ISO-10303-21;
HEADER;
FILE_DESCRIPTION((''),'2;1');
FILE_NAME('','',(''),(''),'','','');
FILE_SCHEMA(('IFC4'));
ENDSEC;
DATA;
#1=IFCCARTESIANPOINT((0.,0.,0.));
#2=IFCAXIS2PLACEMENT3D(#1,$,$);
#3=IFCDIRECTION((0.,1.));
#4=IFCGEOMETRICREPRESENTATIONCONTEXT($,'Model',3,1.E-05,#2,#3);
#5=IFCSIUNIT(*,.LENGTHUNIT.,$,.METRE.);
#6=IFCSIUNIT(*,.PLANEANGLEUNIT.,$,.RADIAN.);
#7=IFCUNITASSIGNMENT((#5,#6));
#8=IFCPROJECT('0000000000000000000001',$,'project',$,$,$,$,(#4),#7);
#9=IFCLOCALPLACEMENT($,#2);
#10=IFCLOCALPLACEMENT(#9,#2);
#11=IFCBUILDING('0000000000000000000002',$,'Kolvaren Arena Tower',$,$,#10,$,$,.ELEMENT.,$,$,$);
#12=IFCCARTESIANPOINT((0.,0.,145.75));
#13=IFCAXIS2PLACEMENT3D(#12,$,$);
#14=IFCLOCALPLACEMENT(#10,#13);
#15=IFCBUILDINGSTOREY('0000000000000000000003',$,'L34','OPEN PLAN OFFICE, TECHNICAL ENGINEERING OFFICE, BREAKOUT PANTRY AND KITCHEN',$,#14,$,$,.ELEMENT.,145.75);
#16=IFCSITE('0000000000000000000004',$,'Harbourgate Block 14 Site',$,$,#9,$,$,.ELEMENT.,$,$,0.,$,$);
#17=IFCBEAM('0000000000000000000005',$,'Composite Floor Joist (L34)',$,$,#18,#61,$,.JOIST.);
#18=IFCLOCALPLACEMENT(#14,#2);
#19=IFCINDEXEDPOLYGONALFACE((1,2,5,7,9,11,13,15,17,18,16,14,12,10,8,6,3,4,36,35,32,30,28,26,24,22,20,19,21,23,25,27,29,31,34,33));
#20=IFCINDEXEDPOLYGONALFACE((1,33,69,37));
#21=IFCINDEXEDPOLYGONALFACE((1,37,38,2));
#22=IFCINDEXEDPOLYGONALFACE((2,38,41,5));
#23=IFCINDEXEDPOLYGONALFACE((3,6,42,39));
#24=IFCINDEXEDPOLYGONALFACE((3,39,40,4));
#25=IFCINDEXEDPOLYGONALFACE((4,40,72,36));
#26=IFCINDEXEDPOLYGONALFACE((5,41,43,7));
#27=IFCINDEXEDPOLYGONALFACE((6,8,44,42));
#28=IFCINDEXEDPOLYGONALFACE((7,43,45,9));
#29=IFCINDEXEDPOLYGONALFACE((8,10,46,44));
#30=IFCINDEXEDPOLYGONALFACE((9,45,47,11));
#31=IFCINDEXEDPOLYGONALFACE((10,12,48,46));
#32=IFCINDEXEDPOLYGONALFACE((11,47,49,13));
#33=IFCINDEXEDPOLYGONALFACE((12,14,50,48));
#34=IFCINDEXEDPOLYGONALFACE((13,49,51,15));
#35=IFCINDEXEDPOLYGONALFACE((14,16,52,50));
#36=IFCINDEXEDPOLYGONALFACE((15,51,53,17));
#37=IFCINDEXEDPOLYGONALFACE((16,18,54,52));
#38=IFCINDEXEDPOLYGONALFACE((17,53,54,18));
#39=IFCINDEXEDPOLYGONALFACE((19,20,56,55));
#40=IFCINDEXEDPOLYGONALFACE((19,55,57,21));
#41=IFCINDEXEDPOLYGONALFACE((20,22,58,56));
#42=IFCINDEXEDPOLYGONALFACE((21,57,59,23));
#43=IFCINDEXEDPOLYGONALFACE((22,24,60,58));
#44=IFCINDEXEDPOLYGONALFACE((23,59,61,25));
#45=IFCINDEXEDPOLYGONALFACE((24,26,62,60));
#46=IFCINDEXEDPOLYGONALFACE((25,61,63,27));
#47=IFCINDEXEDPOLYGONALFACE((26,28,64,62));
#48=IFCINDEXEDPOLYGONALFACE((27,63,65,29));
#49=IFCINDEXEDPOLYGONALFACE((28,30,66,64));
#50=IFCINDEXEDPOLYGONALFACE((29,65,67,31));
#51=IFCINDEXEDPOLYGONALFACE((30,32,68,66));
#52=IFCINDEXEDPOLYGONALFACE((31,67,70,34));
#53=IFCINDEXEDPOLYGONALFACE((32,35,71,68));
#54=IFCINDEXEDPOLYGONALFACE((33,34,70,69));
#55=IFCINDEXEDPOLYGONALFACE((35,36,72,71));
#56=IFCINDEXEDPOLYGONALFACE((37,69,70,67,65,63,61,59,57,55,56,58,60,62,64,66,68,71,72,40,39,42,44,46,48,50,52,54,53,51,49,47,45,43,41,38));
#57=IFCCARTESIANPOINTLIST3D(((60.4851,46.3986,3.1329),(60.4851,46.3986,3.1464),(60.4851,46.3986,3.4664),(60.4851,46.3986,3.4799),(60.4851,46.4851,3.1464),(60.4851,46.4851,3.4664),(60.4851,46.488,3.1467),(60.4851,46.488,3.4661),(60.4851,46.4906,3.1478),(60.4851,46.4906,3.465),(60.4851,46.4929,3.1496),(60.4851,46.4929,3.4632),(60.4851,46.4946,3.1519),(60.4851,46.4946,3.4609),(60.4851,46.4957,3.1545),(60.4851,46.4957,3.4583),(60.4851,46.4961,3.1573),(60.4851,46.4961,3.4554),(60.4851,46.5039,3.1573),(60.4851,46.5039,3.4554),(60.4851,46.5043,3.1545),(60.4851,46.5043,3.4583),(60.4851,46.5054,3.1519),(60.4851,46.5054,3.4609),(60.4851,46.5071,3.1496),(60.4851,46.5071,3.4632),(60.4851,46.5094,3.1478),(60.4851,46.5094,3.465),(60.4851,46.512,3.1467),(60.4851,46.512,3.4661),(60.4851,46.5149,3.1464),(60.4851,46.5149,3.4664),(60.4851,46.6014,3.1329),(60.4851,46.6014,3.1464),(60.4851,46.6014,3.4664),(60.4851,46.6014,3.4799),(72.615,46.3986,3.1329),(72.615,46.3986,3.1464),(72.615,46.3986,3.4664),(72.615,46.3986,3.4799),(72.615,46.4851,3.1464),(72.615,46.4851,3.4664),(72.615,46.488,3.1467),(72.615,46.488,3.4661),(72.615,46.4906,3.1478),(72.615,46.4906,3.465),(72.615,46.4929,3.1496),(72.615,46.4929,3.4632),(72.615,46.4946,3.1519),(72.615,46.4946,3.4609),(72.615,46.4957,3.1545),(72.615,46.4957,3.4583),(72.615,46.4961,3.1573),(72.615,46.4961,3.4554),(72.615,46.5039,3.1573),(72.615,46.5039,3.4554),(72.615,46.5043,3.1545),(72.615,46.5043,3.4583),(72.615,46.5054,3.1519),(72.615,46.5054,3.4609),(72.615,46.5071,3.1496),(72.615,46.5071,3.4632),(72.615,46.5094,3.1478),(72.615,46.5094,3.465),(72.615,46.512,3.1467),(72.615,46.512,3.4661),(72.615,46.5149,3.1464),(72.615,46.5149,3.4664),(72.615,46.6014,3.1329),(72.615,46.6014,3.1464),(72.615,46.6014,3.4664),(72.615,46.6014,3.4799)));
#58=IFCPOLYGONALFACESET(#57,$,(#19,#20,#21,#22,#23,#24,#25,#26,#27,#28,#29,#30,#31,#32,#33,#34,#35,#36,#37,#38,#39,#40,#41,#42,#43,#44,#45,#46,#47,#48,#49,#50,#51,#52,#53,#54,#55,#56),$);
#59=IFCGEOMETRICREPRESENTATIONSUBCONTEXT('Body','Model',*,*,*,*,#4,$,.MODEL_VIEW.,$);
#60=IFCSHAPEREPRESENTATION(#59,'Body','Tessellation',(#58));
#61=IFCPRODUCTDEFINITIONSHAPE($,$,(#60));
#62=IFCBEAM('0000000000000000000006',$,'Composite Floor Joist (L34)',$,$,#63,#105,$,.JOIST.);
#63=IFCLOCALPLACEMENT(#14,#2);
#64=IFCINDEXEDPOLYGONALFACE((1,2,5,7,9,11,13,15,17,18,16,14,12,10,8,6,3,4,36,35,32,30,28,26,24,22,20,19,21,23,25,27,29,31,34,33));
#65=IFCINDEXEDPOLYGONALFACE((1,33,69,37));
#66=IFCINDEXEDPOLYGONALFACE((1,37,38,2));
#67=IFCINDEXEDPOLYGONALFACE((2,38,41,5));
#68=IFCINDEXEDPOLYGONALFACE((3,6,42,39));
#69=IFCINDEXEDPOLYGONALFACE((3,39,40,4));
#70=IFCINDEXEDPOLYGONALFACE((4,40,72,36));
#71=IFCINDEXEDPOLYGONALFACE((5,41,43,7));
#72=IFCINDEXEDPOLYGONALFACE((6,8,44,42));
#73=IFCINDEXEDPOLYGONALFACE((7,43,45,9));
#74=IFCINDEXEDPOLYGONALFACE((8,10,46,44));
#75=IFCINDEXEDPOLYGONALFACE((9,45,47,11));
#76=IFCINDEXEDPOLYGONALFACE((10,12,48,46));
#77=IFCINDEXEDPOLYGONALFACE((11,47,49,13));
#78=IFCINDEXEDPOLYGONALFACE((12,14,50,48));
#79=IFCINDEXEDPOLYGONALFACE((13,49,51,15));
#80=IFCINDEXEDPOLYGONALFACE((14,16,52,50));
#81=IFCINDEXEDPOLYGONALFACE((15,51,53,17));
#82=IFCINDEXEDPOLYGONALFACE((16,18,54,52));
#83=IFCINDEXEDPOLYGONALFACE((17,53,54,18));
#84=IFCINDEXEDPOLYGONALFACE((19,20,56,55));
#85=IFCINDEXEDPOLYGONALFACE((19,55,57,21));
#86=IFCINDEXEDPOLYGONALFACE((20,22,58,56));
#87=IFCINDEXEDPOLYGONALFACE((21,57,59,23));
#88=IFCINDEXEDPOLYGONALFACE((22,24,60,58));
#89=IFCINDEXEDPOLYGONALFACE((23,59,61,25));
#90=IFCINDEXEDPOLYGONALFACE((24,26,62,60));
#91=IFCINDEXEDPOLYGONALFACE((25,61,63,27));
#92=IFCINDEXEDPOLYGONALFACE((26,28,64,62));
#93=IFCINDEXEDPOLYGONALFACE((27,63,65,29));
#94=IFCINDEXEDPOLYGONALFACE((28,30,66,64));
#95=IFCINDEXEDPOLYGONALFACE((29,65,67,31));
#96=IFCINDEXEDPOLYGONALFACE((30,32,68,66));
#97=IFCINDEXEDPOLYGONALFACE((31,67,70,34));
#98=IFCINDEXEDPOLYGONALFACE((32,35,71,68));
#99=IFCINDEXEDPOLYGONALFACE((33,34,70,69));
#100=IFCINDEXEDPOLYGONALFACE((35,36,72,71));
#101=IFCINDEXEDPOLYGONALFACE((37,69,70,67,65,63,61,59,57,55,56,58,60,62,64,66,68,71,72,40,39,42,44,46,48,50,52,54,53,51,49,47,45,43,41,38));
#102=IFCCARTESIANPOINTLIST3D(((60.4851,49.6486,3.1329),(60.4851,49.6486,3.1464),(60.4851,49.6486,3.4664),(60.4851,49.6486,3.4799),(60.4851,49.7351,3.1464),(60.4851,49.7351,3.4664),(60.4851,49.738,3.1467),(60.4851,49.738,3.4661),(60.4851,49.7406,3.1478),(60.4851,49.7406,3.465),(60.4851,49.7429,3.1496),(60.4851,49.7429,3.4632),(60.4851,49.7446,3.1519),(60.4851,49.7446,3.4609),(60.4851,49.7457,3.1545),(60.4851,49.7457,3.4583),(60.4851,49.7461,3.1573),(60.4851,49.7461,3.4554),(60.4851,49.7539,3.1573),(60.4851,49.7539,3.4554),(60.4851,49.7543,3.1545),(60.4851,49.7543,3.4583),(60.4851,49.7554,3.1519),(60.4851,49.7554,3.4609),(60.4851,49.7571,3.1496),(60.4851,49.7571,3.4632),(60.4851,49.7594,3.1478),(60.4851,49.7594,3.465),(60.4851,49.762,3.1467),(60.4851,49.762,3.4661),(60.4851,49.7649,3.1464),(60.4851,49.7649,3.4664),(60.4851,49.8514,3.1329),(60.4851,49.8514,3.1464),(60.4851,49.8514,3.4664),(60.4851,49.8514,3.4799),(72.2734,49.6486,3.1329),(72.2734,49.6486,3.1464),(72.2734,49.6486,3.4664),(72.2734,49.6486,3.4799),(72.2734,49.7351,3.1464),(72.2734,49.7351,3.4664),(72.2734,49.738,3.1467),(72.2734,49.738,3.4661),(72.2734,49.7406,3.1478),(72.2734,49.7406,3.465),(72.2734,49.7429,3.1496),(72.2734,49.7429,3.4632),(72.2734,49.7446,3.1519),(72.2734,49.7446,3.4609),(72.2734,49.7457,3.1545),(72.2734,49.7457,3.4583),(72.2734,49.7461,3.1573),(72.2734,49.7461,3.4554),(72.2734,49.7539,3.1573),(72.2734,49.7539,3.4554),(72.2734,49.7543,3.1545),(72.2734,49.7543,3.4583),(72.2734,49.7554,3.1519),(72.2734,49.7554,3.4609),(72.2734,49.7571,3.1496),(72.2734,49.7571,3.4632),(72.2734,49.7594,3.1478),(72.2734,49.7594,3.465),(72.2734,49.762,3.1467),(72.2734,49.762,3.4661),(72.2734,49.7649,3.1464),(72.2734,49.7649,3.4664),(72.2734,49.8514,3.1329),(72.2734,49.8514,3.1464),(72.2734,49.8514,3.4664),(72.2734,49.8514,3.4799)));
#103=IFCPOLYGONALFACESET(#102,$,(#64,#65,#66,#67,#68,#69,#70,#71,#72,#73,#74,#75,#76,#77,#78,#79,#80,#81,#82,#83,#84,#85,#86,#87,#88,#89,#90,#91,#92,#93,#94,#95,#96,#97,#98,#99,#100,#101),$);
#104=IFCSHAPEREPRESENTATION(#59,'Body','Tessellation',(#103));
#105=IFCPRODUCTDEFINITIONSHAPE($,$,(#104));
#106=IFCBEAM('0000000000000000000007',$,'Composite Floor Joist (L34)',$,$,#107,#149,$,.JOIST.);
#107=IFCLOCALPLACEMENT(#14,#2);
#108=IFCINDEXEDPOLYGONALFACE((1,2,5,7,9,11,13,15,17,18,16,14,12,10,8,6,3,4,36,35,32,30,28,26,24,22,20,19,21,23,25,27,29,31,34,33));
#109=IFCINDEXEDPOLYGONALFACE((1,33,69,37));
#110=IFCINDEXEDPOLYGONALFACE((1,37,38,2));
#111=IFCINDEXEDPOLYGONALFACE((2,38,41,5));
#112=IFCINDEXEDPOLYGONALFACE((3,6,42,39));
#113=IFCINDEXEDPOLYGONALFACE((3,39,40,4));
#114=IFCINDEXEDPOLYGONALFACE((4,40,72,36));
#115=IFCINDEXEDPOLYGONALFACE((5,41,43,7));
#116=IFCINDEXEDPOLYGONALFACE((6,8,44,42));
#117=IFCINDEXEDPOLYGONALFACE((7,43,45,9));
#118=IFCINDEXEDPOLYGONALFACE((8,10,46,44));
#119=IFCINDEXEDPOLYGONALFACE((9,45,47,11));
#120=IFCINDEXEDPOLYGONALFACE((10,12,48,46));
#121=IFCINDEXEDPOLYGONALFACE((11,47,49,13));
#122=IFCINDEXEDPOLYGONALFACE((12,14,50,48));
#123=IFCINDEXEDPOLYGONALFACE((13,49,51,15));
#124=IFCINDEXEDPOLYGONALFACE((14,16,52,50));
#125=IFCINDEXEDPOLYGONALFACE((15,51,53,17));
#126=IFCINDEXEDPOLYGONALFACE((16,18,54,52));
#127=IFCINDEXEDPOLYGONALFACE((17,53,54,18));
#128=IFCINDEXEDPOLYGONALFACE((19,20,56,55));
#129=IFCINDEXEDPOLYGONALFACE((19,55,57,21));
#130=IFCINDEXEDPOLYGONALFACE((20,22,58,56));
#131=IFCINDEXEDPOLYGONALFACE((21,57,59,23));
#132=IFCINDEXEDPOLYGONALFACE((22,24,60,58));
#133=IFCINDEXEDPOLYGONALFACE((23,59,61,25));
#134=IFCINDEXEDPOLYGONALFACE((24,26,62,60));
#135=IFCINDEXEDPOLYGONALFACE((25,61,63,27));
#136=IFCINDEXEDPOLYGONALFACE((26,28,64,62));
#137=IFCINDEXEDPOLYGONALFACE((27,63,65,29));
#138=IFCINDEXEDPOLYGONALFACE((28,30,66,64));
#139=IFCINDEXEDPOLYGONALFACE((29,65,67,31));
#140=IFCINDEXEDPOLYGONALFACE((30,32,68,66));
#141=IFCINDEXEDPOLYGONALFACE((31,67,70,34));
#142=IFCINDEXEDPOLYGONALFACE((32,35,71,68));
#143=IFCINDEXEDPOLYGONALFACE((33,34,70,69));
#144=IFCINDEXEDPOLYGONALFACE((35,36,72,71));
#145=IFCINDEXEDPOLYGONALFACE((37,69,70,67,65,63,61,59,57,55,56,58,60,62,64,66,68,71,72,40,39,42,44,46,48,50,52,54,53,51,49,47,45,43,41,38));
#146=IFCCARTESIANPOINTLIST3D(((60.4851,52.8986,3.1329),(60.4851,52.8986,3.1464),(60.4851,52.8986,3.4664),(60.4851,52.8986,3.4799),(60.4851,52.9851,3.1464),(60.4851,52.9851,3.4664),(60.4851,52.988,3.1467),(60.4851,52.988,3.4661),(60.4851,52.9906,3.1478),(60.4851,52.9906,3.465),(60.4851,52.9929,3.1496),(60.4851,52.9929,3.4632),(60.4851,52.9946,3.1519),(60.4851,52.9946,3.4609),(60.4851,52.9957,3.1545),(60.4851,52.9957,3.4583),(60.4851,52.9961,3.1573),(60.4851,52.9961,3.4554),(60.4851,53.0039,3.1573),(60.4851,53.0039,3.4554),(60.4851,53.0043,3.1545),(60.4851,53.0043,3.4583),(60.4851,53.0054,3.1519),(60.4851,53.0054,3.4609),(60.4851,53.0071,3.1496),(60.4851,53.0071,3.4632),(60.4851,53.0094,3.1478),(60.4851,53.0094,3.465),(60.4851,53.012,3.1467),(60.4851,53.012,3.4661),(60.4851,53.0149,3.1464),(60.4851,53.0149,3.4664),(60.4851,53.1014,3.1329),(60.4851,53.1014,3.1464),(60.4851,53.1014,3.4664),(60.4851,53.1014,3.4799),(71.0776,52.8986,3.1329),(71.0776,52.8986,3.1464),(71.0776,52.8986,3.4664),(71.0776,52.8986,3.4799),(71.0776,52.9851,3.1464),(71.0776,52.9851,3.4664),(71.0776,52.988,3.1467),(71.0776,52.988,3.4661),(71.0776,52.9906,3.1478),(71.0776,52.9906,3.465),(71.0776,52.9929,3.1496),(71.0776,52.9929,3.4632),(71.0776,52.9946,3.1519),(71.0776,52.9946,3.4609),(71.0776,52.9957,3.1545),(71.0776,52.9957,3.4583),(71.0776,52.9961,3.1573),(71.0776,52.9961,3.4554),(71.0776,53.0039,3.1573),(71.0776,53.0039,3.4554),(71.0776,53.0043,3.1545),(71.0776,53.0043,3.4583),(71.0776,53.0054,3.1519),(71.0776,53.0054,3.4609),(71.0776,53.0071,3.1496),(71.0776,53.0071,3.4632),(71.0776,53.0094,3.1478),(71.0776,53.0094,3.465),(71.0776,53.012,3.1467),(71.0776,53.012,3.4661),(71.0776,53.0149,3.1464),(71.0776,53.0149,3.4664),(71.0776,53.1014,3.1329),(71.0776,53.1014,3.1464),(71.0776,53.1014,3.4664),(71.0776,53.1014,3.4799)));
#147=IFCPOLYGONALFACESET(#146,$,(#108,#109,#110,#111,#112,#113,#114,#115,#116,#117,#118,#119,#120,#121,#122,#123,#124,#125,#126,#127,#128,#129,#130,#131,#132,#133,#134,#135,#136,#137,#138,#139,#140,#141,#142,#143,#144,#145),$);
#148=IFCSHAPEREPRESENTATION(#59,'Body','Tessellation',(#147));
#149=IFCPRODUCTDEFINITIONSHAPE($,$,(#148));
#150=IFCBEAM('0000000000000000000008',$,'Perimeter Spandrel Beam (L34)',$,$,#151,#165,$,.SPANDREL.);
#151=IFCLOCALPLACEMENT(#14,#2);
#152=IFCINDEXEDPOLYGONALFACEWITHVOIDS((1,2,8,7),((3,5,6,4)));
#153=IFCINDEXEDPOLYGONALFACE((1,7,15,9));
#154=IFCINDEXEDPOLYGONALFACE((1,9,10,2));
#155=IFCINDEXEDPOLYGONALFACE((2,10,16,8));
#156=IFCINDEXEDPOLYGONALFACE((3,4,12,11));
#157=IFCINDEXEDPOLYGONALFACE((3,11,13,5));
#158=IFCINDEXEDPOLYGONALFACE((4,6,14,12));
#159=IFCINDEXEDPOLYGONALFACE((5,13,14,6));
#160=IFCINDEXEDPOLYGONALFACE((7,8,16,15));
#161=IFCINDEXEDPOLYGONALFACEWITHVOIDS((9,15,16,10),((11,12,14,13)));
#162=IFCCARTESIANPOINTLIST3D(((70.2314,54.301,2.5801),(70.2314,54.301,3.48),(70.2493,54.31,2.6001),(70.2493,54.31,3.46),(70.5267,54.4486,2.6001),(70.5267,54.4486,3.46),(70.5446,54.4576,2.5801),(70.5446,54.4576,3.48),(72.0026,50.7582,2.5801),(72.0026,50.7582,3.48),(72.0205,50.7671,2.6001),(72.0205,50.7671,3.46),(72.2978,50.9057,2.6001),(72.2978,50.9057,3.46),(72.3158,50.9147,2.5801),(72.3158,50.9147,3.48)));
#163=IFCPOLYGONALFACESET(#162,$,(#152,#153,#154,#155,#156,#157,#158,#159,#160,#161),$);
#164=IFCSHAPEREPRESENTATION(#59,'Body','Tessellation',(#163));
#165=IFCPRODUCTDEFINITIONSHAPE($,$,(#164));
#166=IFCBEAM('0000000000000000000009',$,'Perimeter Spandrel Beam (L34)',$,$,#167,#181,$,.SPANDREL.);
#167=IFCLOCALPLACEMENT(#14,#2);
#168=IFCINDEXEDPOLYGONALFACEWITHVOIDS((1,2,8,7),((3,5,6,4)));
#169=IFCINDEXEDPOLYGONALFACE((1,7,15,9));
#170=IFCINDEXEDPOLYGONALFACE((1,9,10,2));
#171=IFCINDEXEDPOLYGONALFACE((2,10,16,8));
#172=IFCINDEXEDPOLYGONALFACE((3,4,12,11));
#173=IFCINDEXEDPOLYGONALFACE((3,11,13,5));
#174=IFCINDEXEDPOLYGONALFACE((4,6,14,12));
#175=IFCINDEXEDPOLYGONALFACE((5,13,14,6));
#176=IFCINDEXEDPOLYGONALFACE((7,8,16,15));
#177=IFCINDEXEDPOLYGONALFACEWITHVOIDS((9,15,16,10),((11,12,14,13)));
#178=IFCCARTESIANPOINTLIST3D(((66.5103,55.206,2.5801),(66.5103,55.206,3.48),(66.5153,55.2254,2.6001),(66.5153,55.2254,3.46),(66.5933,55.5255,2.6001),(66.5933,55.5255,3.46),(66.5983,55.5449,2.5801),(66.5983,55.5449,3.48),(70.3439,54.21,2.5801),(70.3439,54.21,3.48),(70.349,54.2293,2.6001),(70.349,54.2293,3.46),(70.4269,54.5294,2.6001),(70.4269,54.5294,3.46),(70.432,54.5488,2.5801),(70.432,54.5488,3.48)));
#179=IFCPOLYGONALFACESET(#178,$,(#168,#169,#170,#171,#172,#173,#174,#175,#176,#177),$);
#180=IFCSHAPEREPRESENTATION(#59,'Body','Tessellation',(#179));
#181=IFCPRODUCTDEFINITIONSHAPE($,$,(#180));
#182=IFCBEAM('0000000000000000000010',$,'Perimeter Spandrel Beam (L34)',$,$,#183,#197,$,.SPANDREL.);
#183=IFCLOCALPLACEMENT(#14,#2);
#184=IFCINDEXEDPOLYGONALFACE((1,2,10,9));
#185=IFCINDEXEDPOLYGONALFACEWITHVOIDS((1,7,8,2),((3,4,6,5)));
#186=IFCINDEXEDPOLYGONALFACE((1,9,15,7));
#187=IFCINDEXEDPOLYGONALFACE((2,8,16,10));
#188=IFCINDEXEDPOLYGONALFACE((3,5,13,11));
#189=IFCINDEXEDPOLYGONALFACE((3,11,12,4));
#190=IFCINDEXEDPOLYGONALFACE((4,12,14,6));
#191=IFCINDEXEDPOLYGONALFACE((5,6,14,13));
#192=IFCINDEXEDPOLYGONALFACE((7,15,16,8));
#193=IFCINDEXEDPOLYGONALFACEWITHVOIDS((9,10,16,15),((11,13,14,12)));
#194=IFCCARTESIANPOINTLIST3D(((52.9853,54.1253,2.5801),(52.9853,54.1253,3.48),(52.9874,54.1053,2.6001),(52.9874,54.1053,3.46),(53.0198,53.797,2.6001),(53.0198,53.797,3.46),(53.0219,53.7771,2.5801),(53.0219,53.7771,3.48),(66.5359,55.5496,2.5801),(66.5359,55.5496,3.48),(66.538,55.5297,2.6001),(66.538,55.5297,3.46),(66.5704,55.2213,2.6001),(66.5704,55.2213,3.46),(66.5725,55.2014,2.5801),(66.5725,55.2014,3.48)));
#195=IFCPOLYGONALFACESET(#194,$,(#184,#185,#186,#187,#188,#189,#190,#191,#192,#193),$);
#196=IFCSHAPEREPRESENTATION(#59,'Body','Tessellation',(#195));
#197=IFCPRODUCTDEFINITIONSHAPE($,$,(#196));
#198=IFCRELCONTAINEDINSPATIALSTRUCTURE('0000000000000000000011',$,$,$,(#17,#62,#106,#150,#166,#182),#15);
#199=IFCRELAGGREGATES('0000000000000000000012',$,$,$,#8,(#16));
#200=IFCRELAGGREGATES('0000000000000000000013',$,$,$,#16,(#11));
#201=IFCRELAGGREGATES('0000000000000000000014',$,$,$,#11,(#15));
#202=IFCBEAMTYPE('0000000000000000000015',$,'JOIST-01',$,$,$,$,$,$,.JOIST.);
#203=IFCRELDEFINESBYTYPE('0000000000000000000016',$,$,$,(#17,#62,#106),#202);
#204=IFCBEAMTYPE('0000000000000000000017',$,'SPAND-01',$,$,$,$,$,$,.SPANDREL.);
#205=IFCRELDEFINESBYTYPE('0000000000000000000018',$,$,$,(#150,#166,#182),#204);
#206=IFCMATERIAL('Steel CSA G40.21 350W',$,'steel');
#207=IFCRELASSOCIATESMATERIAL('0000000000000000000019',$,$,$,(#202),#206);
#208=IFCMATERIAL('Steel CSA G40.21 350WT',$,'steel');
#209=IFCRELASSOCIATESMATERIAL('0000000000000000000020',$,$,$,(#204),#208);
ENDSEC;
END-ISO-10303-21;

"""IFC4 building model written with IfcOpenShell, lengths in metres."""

from ifc_helpers import new_model, si_unit, direction, frame, origin, origin_2d, place, context, subcontext, project, spatial, hollow_rectangle, i_section, extrude, material, material_profile, profile_set, type_object, element, save


model = new_model("IFC4")

# Units and contexts
model_context = context("Model", 3, precision=1e-05, world=origin(), true_north=direction((0.0, 1.0)))
body_context = subcontext(model_context, "Body", "Model", "MODEL_VIEW")
ifc_project = project(units=[si_unit("LENGTHUNIT", "METRE"), si_unit("PLANEANGLEUNIT", "RADIAN")], contexts=[model_context])

# Site, building, storey
site_placement = place(None, origin())
site = spatial("IfcSite", under=ifc_project, at=site_placement, Name="Harbourgate Block 14 Site", CompositionType="ELEMENT", RefElevation=0.0)
building_placement = place(site_placement, origin())
building = spatial("IfcBuilding", under=site, at=building_placement, Name="Kolvaren Arena Tower", CompositionType="ELEMENT")
storey_placement = place(building_placement, frame((0.0, 0.0, 145.75)))
storey = spatial("IfcBuildingStorey", under=building, at=storey_placement, Name="L34", Description="OPEN PLAN OFFICE, TECHNICAL ENGINEERING OFFICE, BREAKOUT PANTRY AND KITCHEN", CompositionType="ELEMENT", Elevation=145.75)

# Beams
ifc_material_1 = material(Name="Steel CSA G40.21 350W", Category="steel")
ifc_material_profile_1 = material_profile(ifc_material_1, i_section(OverallWidth=0.2029, OverallDepth=0.3469, WebThickness=0.0078, FlangeThickness=0.0134, FilletRadius=0.011, at=origin_2d()), Name="W360x64")
ifc_profile_set_1 = profile_set([ifc_material_profile_1], Name="Steel CSA G40.21 350W")
beam_type_1 = type_object("IfcBeamType", Name="JOIST-01", PredefinedType="JOIST", material=ifc_profile_set_1)
beam_1_placement = place(storey_placement, frame((60.4851, 46.5, 3.3064), z_axis=(1.0, 0.0, 0.0), x_axis=(0.0, 1.0, 0.0)))
element("IfcBeam", 1, at=beam_1_placement, inside=storey, type_object=beam_type_1, Name="Composite Floor Joist (L34)", PredefinedType="JOIST", context=body_context, shape_type="SweptSolid", body=[
    extrude(i_section(OverallWidth=0.2029, OverallDepth=0.3469, WebThickness=0.0078, FlangeThickness=0.0134, FilletRadius=0.011, at=origin_2d()), origin(), (0.0, 0.0, 1.0), 12.1299),
])
beam_2_placement = place(storey_placement, frame((60.4851, 49.75, 3.3064), z_axis=(1.0, 0.0, 0.0), x_axis=(0.0, 1.0, 0.0)))
element("IfcBeam", 2, at=beam_2_placement, inside=storey, type_object=beam_type_1, Name="Composite Floor Joist (L34)", PredefinedType="JOIST", context=body_context, shape_type="SweptSolid", body=[
    extrude(i_section(OverallWidth=0.2029, OverallDepth=0.3469, WebThickness=0.0078, FlangeThickness=0.0134, FilletRadius=0.011, at=origin_2d()), origin(), (0.0, 0.0, 1.0), 11.7883),
])
beam_3_placement = place(storey_placement, frame((60.4851, 53.0, 3.3064), z_axis=(1.0, 0.0, 0.0), x_axis=(0.0, 1.0, 0.0)))
element("IfcBeam", 3, at=beam_3_placement, inside=storey, type_object=beam_type_1, Name="Composite Floor Joist (L34)", PredefinedType="JOIST", context=body_context, shape_type="SweptSolid", body=[
    extrude(i_section(OverallWidth=0.2029, OverallDepth=0.3469, WebThickness=0.0078, FlangeThickness=0.0134, FilletRadius=0.011, at=origin_2d()), origin(), (0.0, 0.0, 1.0), 10.5925),
])
ifc_material_2 = material(Name="Steel CSA G40.21 350WT", Category="steel")
ifc_material_profile_2 = material_profile(ifc_material_2, hollow_rectangle(XDim=0.3501, YDim=0.8999, WallThickness=0.02, at=origin_2d()), Name="HSS 900x350x20")
ifc_profile_set_2 = profile_set([ifc_material_profile_2], Name="Steel CSA G40.21 350WT")
beam_type_2 = type_object("IfcBeamType", Name="SPAND-01", PredefinedType="SPANDREL", material=ifc_profile_set_2)
for number, where, z_axis, x_axis, name in (
    (4, (72.1592, 50.8364, 3.03), (-0.447164, 0.894452, 0.0), (-0.894452, -0.447164, 0.0), "Perimeter Spandrel Beam (L34)"),
    (5, (70.3879, 54.3794, 3.03), (-0.967864, 0.251473, 0.0), (-0.251473, -0.967864, 0.0), "Perimeter Spandrel Beam (L34)"),
):
    element("IfcBeam", number, at=place(storey_placement, frame(where, z_axis=z_axis, x_axis=x_axis)), inside=storey, type_object=beam_type_2, Name=name, PredefinedType="SPANDREL", context=body_context, shape_type="SweptSolid", body=[
        extrude(hollow_rectangle(XDim=0.3501, YDim=0.8999, WallThickness=0.02, at=origin_2d()), origin(), (0.0, 0.0, 1.0), 3.9609),
    ])
beam_4_placement = place(storey_placement, frame((66.5542, 55.3755, 3.03), z_axis=(-0.994521, -0.104536, 0.0), x_axis=(0.104536, -0.994521, 0.0)))
element("IfcBeam", 6, at=beam_4_placement, inside=storey, type_object=beam_type_2, Name="Perimeter Spandrel Beam (L34)", PredefinedType="SPANDREL", context=body_context, shape_type="SweptSolid", body=[
    extrude(hollow_rectangle(XDim=0.3501, YDim=0.8999, WallThickness=0.02, at=origin_2d()), origin(), (0.0, 0.0, 1.0), 13.6252),
])

save(model, "model.ifc")
